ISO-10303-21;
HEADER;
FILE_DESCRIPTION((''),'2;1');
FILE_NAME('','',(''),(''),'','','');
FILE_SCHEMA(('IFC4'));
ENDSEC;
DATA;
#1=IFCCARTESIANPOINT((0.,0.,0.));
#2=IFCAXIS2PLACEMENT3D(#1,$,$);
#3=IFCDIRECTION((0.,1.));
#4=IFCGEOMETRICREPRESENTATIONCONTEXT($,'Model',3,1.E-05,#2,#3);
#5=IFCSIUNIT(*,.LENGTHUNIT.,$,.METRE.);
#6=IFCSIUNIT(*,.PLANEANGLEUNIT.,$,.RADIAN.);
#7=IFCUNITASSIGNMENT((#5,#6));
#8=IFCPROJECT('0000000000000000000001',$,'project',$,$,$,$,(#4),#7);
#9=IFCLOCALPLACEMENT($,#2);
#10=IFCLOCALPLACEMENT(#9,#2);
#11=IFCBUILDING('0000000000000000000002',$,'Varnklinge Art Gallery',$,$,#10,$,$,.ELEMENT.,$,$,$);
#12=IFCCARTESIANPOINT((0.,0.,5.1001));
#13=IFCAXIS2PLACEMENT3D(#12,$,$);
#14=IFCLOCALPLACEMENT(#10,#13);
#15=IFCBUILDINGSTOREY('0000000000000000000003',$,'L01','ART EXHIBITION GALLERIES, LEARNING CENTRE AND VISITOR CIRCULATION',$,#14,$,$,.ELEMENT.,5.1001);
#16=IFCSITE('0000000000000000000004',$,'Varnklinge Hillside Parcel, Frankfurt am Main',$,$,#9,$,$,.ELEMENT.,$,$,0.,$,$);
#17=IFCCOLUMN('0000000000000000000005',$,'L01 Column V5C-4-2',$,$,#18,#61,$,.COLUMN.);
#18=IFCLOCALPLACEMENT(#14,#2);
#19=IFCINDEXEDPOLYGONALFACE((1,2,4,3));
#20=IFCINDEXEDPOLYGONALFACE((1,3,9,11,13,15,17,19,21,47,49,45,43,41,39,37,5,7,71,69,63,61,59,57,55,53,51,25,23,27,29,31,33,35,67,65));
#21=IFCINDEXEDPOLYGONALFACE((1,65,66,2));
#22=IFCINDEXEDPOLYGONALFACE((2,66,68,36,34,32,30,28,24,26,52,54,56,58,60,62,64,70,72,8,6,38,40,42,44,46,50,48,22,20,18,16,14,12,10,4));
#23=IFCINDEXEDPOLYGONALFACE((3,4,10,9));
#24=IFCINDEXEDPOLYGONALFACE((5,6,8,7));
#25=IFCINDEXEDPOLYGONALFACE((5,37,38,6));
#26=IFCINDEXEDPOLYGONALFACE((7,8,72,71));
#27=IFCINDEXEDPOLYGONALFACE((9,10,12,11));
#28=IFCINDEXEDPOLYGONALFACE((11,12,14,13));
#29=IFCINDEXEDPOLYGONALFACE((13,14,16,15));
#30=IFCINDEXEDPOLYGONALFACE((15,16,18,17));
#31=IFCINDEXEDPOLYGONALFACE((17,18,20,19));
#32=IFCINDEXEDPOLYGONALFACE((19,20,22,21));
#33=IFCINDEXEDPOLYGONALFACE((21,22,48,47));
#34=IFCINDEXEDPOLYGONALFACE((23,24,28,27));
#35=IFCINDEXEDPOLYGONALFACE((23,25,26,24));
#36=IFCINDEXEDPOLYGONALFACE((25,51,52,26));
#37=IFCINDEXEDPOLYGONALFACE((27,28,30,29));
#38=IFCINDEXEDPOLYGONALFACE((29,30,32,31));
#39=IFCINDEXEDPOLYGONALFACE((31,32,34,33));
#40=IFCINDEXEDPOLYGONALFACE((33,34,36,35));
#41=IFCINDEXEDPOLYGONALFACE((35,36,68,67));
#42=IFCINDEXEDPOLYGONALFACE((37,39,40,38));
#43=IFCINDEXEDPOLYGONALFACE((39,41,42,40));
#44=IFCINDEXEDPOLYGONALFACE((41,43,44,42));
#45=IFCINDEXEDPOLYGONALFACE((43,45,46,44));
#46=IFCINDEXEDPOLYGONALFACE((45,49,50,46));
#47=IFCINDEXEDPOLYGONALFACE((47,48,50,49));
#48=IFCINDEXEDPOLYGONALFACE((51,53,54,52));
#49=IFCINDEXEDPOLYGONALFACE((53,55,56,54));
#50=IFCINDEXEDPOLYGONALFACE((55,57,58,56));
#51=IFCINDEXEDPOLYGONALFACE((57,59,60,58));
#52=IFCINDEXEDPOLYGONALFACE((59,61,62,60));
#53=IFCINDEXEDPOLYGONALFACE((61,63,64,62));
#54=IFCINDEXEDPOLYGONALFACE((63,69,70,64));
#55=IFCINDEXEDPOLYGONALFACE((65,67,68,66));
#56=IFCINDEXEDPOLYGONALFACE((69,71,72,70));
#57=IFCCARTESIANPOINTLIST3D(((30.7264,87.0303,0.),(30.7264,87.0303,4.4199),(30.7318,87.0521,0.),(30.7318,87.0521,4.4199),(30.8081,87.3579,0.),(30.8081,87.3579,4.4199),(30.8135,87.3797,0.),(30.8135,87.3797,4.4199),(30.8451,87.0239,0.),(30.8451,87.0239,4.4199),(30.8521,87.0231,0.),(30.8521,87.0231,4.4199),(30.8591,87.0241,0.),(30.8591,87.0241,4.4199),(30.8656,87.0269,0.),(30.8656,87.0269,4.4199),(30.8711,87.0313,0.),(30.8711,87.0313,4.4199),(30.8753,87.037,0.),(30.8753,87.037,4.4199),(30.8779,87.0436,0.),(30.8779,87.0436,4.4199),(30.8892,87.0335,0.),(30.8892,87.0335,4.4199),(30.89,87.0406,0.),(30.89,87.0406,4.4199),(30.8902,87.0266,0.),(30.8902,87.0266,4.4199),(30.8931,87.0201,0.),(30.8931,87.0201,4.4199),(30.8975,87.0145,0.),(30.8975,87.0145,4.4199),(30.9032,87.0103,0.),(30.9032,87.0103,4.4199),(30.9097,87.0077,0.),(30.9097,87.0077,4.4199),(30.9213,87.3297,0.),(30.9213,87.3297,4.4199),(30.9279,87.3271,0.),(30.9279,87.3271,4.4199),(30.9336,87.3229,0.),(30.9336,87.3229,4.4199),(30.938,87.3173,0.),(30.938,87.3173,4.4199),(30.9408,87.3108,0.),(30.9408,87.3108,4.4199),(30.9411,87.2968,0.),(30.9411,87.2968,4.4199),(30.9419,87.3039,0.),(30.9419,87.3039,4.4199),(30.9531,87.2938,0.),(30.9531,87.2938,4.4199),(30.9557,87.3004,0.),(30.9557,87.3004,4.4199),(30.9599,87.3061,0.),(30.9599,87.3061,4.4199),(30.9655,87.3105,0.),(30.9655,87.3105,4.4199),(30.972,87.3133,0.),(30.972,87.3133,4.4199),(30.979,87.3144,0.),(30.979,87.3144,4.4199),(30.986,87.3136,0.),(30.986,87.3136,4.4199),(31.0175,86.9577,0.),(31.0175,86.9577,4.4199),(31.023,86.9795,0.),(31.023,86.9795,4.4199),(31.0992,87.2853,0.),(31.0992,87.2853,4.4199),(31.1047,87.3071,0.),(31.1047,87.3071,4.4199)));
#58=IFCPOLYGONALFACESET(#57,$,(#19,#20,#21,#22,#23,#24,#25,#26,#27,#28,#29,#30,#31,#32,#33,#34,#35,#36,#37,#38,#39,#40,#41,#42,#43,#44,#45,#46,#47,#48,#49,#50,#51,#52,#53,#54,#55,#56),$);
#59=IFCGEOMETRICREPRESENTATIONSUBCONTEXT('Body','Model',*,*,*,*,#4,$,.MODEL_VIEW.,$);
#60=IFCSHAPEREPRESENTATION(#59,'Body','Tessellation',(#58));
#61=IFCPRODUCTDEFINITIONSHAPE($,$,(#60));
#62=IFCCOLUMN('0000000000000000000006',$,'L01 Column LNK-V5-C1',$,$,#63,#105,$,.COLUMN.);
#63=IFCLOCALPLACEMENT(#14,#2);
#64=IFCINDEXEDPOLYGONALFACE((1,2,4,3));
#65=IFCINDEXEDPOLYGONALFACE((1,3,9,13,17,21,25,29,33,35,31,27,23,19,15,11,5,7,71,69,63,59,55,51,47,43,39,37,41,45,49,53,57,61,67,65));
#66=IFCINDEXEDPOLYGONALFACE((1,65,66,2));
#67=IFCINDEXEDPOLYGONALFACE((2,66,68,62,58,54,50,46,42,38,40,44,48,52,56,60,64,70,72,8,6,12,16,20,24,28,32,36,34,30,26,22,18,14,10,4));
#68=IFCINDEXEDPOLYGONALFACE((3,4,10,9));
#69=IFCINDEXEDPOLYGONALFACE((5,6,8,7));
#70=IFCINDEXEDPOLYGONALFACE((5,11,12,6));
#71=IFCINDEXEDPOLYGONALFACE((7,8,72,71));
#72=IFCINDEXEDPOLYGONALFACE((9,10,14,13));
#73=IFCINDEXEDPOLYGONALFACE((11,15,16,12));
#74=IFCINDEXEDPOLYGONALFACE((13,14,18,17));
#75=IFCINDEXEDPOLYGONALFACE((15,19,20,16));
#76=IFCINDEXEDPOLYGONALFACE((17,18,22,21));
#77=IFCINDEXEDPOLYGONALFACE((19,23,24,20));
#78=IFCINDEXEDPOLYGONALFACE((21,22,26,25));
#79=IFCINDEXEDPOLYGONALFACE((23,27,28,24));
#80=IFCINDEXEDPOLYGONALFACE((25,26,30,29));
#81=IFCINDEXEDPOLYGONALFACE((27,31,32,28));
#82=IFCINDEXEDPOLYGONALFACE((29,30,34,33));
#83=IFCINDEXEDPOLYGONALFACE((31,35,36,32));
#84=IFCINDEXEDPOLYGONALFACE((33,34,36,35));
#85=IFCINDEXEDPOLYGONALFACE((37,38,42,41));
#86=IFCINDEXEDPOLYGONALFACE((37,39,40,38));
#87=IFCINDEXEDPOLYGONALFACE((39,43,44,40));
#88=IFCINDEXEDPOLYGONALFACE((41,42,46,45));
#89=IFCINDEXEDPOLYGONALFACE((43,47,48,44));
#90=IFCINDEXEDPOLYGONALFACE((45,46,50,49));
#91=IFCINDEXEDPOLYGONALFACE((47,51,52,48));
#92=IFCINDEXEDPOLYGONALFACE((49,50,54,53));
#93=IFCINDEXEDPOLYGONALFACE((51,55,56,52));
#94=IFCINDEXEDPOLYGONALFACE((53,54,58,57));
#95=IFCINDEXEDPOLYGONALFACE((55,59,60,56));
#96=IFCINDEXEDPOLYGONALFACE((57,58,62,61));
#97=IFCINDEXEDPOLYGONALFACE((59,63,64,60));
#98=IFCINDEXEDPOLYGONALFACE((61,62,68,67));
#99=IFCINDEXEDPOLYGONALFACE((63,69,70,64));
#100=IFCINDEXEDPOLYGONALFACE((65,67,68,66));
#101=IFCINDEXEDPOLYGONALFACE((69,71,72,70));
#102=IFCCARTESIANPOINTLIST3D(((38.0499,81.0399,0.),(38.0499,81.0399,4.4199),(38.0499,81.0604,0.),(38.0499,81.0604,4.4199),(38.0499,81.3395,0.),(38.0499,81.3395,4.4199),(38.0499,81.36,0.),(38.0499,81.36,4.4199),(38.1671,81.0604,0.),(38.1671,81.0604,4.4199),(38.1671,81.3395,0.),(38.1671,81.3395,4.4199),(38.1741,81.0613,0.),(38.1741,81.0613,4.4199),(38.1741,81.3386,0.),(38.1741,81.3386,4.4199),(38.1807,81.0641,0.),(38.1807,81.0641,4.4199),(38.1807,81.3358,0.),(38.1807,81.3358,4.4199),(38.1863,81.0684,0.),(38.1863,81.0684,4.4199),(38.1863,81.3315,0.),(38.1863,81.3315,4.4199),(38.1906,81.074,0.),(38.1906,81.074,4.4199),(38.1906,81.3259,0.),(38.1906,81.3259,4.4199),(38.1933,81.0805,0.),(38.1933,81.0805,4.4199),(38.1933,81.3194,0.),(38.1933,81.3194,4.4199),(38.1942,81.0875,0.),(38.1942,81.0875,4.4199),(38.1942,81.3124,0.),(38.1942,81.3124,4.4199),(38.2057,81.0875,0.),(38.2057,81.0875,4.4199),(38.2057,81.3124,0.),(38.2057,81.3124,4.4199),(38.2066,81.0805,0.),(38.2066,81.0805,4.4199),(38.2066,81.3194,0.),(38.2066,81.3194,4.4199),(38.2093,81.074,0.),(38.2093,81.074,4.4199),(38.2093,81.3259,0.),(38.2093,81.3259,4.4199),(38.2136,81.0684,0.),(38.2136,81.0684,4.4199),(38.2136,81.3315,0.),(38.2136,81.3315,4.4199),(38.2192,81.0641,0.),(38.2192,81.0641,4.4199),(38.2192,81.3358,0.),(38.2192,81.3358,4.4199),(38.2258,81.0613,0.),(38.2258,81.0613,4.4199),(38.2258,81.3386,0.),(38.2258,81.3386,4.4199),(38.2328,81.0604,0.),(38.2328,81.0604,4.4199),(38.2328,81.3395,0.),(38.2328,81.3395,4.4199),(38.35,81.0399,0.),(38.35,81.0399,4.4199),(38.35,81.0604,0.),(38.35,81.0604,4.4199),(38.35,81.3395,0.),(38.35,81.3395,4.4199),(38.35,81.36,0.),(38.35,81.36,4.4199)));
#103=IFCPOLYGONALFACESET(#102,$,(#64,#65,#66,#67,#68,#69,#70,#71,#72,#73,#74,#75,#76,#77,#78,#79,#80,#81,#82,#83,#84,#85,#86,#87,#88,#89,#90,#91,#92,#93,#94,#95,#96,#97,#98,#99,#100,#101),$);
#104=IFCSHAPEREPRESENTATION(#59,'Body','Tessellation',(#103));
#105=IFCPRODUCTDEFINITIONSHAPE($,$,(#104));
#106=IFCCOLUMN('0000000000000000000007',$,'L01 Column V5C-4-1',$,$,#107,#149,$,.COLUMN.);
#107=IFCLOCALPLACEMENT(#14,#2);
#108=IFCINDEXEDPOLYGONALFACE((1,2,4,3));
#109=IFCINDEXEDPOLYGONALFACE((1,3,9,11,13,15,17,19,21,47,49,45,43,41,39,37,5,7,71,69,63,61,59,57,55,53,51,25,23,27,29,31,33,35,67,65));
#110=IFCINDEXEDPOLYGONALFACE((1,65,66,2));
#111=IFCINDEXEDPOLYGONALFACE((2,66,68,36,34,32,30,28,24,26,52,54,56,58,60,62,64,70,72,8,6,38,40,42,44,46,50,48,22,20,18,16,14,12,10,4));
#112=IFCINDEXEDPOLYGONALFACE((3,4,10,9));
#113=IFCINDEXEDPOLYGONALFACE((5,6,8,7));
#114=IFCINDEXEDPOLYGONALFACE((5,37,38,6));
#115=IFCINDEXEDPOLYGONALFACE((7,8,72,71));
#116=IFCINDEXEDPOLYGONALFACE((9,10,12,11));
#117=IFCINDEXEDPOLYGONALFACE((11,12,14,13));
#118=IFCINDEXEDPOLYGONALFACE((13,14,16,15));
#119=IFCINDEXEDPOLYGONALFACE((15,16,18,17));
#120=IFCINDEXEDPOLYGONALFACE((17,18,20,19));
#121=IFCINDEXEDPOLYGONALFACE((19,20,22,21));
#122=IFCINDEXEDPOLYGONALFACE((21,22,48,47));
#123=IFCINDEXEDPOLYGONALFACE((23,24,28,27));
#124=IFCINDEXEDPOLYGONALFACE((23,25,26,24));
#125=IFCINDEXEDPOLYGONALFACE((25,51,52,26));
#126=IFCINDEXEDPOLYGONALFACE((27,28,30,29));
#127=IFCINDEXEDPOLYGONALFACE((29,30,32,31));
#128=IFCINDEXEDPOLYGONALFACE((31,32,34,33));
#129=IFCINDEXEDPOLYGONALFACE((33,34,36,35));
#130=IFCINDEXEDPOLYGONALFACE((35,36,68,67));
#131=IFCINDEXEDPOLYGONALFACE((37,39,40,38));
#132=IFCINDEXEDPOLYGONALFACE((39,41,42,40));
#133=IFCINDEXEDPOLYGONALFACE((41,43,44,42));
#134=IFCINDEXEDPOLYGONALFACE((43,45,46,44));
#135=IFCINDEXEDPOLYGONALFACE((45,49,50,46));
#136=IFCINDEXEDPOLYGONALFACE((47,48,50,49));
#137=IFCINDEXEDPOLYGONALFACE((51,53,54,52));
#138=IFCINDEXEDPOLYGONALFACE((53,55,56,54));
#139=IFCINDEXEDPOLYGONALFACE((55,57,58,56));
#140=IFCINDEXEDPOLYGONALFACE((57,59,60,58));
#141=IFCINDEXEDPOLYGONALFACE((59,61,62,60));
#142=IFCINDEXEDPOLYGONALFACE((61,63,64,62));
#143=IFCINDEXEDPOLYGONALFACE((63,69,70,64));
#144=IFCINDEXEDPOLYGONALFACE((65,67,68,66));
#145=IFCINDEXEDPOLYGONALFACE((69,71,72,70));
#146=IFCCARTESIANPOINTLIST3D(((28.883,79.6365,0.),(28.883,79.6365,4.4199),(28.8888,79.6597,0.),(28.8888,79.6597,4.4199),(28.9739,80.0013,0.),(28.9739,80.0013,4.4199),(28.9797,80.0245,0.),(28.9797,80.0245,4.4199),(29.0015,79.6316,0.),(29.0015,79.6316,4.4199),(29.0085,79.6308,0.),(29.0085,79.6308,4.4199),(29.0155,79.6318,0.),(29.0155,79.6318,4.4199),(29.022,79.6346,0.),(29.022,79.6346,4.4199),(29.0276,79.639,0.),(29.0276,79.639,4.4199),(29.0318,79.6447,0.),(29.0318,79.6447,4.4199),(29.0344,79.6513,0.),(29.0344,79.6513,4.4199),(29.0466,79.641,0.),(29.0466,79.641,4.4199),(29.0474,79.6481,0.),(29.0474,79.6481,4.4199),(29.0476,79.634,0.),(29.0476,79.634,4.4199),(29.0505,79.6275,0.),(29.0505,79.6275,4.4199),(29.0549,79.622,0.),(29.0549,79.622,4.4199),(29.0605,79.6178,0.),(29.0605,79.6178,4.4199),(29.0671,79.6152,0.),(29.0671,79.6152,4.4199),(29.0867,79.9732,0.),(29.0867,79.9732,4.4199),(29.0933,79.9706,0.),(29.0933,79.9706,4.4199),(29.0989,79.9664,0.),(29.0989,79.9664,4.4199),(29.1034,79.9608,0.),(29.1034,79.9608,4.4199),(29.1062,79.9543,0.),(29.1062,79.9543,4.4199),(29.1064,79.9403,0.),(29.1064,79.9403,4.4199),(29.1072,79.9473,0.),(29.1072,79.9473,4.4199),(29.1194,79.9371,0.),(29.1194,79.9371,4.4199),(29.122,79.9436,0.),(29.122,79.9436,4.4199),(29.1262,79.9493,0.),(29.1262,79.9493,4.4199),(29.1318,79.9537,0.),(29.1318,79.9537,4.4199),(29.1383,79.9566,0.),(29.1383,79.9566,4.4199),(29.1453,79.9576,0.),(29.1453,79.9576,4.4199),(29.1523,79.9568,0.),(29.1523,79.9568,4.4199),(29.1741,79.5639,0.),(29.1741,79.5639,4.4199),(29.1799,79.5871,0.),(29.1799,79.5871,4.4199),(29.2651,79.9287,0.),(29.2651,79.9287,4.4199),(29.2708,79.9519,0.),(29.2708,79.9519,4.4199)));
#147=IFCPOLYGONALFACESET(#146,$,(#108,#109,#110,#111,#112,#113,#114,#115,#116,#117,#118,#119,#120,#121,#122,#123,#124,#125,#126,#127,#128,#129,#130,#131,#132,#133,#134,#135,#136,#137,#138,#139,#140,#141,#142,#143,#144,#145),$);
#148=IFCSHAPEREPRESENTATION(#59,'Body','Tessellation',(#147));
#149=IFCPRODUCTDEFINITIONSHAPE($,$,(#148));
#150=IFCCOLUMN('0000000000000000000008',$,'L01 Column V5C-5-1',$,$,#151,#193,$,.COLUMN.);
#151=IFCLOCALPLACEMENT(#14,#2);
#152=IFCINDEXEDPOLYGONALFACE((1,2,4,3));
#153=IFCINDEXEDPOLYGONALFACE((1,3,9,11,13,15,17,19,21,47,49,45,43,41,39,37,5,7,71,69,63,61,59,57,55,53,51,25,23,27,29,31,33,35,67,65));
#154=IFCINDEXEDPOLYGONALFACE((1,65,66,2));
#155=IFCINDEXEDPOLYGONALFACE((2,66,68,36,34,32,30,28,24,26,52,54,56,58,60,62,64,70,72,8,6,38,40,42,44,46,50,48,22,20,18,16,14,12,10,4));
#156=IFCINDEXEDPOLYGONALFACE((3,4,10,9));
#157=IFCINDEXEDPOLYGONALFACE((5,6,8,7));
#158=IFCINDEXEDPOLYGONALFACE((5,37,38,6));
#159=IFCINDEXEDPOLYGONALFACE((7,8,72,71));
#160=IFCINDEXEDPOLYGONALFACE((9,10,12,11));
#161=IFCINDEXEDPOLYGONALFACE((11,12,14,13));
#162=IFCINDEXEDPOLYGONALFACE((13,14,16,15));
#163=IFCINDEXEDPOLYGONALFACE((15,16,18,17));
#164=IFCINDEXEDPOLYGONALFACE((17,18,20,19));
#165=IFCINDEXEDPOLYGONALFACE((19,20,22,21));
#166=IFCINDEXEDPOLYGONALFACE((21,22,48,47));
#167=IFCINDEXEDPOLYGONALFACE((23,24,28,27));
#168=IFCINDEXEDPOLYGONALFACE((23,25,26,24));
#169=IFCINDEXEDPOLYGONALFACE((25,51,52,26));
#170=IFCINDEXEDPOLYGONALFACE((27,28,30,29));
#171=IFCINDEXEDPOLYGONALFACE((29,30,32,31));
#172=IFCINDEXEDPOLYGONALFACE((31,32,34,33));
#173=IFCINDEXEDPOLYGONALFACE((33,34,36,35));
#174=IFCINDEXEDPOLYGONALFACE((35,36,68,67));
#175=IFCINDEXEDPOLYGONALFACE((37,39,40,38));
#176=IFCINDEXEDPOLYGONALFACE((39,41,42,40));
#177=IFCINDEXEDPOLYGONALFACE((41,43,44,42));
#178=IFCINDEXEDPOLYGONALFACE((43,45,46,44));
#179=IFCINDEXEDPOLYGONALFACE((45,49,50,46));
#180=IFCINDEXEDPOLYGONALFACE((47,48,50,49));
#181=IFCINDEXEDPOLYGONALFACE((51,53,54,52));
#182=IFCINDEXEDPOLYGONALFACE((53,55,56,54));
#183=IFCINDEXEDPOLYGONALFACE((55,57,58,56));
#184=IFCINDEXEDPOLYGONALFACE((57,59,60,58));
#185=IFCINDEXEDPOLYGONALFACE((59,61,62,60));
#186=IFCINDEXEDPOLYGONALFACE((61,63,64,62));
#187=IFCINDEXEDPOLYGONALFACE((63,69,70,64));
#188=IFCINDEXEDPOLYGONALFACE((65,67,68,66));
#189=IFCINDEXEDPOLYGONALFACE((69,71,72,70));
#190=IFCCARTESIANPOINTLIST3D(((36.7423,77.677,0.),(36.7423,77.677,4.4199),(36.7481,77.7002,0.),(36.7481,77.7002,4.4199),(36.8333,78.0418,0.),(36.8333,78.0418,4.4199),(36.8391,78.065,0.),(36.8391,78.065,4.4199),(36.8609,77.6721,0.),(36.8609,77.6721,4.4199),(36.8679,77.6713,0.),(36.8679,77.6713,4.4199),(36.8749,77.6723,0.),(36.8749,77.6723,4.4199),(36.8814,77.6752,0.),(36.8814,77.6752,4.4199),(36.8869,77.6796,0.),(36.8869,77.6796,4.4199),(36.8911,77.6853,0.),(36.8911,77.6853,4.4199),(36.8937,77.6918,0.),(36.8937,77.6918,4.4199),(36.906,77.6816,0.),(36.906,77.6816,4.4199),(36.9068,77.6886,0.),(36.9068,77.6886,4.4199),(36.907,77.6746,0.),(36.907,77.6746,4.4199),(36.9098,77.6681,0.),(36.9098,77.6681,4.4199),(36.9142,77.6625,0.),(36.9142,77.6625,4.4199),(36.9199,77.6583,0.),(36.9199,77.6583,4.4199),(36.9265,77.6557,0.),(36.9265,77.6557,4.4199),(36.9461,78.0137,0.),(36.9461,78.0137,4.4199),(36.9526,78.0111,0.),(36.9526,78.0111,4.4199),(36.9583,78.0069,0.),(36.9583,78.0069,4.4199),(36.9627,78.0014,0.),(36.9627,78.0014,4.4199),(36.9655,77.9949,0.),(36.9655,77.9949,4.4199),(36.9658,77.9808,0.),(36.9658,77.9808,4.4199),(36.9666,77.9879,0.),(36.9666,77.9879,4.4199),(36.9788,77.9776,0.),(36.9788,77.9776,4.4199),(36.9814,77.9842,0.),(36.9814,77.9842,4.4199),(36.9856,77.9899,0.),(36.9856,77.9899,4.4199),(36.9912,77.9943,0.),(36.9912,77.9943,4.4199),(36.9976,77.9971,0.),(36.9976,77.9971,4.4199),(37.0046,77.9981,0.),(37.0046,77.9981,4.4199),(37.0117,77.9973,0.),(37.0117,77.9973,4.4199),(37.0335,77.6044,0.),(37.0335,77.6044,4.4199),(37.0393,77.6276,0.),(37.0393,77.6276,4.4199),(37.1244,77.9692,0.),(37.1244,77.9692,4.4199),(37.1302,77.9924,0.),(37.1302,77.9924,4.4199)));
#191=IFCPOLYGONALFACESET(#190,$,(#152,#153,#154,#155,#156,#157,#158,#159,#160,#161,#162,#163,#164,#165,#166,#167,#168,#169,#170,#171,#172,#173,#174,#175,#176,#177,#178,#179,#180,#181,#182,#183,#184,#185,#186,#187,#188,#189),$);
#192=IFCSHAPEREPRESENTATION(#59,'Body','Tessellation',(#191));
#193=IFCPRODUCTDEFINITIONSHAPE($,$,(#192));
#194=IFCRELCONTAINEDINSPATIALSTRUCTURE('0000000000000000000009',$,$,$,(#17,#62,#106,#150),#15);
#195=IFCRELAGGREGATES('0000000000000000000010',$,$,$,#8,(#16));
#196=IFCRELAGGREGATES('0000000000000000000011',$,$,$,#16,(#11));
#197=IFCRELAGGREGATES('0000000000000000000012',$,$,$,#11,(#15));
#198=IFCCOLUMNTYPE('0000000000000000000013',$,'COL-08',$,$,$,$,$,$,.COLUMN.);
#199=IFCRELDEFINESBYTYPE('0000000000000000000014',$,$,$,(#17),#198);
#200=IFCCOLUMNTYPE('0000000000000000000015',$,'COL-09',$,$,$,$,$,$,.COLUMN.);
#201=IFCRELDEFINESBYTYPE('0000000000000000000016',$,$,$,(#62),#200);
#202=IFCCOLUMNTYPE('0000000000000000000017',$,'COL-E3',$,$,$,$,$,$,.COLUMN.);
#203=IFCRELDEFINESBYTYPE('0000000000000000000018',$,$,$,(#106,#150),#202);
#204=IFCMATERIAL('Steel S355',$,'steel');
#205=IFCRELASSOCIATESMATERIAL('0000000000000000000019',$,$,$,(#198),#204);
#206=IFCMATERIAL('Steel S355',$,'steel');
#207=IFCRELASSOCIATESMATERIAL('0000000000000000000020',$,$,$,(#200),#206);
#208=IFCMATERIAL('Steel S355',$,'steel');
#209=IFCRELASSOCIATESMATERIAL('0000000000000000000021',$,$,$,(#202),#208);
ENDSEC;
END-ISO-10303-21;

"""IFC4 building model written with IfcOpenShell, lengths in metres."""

from ifc_helpers import new_model, si_unit, direction, frame, origin, origin_2d, place, context, subcontext, project, spatial, i_section, extrude, material, material_profile, profile_set, type_object, element, save


model = new_model("IFC4")

# Units and contexts
model_context = context("Model", 3, precision=1e-05, world=origin(), true_north=direction((0.0, 1.0)))
body_context = subcontext(model_context, "Body", "Model", "MODEL_VIEW")
ifc_project = project(units=[si_unit("LENGTHUNIT", "METRE"), si_unit("PLANEANGLEUNIT", "RADIAN")], contexts=[model_context])

# Site, building, storey
site_placement = place(None, origin())
site = spatial("IfcSite", under=ifc_project, at=site_placement, Name="Varnklinge Hillside Parcel, Frankfurt am Main", CompositionType="ELEMENT", RefElevation=0.0)
building_placement = place(site_placement, origin())
building = spatial("IfcBuilding", under=site, at=building_placement, Name="Varnklinge Art Gallery", CompositionType="ELEMENT")
storey_placement = place(building_placement, frame((0.0, 0.0, 5.1001)))
storey = spatial("IfcBuildingStorey", under=building, at=storey_placement, Name="L01", Description="ART EXHIBITION GALLERIES, LEARNING CENTRE AND VISITOR CIRCULATION", CompositionType="ELEMENT", Elevation=5.1001)

# Columns
ifc_material_1 = material(Name="Steel S355", Category="steel")
ifc_material_profile_1 = material_profile(ifc_material_1, i_section(OverallWidth=0.3, OverallDepth=0.3601, WebThickness=0.0125, FlangeThickness=0.0225, FilletRadius=0.0271, at=origin_2d()), Name="HEB 360")
ifc_profile_set_1 = profile_set([ifc_material_profile_1], Name="Steel S355")
column_type_1 = type_object("IfcColumnType", Name="COL-08", PredefinedType="COLUMN", material=ifc_profile_set_1)
column_1_placement = place(storey_placement, frame((30.9155, 87.1687, 0.0), z_axis=(0.0, 0.0, 1.0), x_axis=(0.970296, -0.241922, 0.0)))
element("IfcColumn", 1, at=column_1_placement, inside=storey, type_object=column_type_1, Name="L01 Column V5C-4-2", PredefinedType="COLUMN", context=body_context, shape_type="SweptSolid", body=[
    extrude(i_section(OverallWidth=0.3, OverallDepth=0.3601, WebThickness=0.0125, FlangeThickness=0.0225, FilletRadius=0.0271, at=origin_2d()), origin(), (0.0, 0.0, 1.0), 4.4199),
])
ifc_material_2 = material(Name="Steel S355", Category="steel")
ifc_material_profile_2 = material_profile(ifc_material_2, i_section(OverallWidth=0.3, OverallDepth=0.3201, WebThickness=0.0115, FlangeThickness=0.0205, FilletRadius=0.0271, at=origin_2d()), Name="HEB 320")
ifc_profile_set_2 = profile_set([ifc_material_profile_2], Name="Steel S355")
column_type_2 = type_object("IfcColumnType", Name="COL-09", PredefinedType="COLUMN", material=ifc_profile_set_2)
column_2_placement = place(storey_placement, frame((38.2, 81.2, 0.0), z_axis=(0.0, 0.0, 1.0), x_axis=(1.0, 0.0, 0.0)))
element("IfcColumn", 2, at=column_2_placement, inside=storey, type_object=column_type_2, Name="L01 Column LNK-V5-C1", PredefinedType="COLUMN", context=body_context, shape_type="SweptSolid", body=[
    extrude(i_section(OverallWidth=0.3, OverallDepth=0.3201, WebThickness=0.0115, FlangeThickness=0.0205, FilletRadius=0.0271, at=origin_2d()), origin(), (0.0, 0.0, 1.0), 4.4199),
])
ifc_material_3 = material(Name="Steel S355", Category="steel")
ifc_material_profile_3 = material_profile(ifc_material_3, i_section(OverallWidth=0.3, OverallDepth=0.3999, WebThickness=0.0134, FlangeThickness=0.0239, FilletRadius=0.0271, at=origin_2d()), Name="HEB 400")
ifc_profile_set_3 = profile_set([ifc_material_profile_3], Name="Steel S355")
column_type_3 = type_object("IfcColumnType", Name="COL-E3", PredefinedType="COLUMN", material=ifc_profile_set_3)
for number, where, z_axis, x_axis, name in (
    (3, (29.0769, 79.7942, 0.0), (0.0, 0.0, 1.0), (0.970296, -0.241922, 0.0), "L01 Column V5C-4-1"),
    (4, (36.9363, 77.8347, 0.0), (0.0, 0.0, 1.0), (0.970296, -0.241922, 0.0), "L01 Column V5C-5-1"),
):
    element("IfcColumn", number, at=place(storey_placement, frame(where, z_axis=z_axis, x_axis=x_axis)), inside=storey, type_object=column_type_3, Name=name, PredefinedType="COLUMN", context=body_context, shape_type="SweptSolid", body=[
        extrude(i_section(OverallWidth=0.3, OverallDepth=0.3999, WebThickness=0.0134, FlangeThickness=0.0239, FilletRadius=0.0271, at=origin_2d()), origin(), (0.0, 0.0, 1.0), 4.4199),
    ])

save(model, "model.ifc")
